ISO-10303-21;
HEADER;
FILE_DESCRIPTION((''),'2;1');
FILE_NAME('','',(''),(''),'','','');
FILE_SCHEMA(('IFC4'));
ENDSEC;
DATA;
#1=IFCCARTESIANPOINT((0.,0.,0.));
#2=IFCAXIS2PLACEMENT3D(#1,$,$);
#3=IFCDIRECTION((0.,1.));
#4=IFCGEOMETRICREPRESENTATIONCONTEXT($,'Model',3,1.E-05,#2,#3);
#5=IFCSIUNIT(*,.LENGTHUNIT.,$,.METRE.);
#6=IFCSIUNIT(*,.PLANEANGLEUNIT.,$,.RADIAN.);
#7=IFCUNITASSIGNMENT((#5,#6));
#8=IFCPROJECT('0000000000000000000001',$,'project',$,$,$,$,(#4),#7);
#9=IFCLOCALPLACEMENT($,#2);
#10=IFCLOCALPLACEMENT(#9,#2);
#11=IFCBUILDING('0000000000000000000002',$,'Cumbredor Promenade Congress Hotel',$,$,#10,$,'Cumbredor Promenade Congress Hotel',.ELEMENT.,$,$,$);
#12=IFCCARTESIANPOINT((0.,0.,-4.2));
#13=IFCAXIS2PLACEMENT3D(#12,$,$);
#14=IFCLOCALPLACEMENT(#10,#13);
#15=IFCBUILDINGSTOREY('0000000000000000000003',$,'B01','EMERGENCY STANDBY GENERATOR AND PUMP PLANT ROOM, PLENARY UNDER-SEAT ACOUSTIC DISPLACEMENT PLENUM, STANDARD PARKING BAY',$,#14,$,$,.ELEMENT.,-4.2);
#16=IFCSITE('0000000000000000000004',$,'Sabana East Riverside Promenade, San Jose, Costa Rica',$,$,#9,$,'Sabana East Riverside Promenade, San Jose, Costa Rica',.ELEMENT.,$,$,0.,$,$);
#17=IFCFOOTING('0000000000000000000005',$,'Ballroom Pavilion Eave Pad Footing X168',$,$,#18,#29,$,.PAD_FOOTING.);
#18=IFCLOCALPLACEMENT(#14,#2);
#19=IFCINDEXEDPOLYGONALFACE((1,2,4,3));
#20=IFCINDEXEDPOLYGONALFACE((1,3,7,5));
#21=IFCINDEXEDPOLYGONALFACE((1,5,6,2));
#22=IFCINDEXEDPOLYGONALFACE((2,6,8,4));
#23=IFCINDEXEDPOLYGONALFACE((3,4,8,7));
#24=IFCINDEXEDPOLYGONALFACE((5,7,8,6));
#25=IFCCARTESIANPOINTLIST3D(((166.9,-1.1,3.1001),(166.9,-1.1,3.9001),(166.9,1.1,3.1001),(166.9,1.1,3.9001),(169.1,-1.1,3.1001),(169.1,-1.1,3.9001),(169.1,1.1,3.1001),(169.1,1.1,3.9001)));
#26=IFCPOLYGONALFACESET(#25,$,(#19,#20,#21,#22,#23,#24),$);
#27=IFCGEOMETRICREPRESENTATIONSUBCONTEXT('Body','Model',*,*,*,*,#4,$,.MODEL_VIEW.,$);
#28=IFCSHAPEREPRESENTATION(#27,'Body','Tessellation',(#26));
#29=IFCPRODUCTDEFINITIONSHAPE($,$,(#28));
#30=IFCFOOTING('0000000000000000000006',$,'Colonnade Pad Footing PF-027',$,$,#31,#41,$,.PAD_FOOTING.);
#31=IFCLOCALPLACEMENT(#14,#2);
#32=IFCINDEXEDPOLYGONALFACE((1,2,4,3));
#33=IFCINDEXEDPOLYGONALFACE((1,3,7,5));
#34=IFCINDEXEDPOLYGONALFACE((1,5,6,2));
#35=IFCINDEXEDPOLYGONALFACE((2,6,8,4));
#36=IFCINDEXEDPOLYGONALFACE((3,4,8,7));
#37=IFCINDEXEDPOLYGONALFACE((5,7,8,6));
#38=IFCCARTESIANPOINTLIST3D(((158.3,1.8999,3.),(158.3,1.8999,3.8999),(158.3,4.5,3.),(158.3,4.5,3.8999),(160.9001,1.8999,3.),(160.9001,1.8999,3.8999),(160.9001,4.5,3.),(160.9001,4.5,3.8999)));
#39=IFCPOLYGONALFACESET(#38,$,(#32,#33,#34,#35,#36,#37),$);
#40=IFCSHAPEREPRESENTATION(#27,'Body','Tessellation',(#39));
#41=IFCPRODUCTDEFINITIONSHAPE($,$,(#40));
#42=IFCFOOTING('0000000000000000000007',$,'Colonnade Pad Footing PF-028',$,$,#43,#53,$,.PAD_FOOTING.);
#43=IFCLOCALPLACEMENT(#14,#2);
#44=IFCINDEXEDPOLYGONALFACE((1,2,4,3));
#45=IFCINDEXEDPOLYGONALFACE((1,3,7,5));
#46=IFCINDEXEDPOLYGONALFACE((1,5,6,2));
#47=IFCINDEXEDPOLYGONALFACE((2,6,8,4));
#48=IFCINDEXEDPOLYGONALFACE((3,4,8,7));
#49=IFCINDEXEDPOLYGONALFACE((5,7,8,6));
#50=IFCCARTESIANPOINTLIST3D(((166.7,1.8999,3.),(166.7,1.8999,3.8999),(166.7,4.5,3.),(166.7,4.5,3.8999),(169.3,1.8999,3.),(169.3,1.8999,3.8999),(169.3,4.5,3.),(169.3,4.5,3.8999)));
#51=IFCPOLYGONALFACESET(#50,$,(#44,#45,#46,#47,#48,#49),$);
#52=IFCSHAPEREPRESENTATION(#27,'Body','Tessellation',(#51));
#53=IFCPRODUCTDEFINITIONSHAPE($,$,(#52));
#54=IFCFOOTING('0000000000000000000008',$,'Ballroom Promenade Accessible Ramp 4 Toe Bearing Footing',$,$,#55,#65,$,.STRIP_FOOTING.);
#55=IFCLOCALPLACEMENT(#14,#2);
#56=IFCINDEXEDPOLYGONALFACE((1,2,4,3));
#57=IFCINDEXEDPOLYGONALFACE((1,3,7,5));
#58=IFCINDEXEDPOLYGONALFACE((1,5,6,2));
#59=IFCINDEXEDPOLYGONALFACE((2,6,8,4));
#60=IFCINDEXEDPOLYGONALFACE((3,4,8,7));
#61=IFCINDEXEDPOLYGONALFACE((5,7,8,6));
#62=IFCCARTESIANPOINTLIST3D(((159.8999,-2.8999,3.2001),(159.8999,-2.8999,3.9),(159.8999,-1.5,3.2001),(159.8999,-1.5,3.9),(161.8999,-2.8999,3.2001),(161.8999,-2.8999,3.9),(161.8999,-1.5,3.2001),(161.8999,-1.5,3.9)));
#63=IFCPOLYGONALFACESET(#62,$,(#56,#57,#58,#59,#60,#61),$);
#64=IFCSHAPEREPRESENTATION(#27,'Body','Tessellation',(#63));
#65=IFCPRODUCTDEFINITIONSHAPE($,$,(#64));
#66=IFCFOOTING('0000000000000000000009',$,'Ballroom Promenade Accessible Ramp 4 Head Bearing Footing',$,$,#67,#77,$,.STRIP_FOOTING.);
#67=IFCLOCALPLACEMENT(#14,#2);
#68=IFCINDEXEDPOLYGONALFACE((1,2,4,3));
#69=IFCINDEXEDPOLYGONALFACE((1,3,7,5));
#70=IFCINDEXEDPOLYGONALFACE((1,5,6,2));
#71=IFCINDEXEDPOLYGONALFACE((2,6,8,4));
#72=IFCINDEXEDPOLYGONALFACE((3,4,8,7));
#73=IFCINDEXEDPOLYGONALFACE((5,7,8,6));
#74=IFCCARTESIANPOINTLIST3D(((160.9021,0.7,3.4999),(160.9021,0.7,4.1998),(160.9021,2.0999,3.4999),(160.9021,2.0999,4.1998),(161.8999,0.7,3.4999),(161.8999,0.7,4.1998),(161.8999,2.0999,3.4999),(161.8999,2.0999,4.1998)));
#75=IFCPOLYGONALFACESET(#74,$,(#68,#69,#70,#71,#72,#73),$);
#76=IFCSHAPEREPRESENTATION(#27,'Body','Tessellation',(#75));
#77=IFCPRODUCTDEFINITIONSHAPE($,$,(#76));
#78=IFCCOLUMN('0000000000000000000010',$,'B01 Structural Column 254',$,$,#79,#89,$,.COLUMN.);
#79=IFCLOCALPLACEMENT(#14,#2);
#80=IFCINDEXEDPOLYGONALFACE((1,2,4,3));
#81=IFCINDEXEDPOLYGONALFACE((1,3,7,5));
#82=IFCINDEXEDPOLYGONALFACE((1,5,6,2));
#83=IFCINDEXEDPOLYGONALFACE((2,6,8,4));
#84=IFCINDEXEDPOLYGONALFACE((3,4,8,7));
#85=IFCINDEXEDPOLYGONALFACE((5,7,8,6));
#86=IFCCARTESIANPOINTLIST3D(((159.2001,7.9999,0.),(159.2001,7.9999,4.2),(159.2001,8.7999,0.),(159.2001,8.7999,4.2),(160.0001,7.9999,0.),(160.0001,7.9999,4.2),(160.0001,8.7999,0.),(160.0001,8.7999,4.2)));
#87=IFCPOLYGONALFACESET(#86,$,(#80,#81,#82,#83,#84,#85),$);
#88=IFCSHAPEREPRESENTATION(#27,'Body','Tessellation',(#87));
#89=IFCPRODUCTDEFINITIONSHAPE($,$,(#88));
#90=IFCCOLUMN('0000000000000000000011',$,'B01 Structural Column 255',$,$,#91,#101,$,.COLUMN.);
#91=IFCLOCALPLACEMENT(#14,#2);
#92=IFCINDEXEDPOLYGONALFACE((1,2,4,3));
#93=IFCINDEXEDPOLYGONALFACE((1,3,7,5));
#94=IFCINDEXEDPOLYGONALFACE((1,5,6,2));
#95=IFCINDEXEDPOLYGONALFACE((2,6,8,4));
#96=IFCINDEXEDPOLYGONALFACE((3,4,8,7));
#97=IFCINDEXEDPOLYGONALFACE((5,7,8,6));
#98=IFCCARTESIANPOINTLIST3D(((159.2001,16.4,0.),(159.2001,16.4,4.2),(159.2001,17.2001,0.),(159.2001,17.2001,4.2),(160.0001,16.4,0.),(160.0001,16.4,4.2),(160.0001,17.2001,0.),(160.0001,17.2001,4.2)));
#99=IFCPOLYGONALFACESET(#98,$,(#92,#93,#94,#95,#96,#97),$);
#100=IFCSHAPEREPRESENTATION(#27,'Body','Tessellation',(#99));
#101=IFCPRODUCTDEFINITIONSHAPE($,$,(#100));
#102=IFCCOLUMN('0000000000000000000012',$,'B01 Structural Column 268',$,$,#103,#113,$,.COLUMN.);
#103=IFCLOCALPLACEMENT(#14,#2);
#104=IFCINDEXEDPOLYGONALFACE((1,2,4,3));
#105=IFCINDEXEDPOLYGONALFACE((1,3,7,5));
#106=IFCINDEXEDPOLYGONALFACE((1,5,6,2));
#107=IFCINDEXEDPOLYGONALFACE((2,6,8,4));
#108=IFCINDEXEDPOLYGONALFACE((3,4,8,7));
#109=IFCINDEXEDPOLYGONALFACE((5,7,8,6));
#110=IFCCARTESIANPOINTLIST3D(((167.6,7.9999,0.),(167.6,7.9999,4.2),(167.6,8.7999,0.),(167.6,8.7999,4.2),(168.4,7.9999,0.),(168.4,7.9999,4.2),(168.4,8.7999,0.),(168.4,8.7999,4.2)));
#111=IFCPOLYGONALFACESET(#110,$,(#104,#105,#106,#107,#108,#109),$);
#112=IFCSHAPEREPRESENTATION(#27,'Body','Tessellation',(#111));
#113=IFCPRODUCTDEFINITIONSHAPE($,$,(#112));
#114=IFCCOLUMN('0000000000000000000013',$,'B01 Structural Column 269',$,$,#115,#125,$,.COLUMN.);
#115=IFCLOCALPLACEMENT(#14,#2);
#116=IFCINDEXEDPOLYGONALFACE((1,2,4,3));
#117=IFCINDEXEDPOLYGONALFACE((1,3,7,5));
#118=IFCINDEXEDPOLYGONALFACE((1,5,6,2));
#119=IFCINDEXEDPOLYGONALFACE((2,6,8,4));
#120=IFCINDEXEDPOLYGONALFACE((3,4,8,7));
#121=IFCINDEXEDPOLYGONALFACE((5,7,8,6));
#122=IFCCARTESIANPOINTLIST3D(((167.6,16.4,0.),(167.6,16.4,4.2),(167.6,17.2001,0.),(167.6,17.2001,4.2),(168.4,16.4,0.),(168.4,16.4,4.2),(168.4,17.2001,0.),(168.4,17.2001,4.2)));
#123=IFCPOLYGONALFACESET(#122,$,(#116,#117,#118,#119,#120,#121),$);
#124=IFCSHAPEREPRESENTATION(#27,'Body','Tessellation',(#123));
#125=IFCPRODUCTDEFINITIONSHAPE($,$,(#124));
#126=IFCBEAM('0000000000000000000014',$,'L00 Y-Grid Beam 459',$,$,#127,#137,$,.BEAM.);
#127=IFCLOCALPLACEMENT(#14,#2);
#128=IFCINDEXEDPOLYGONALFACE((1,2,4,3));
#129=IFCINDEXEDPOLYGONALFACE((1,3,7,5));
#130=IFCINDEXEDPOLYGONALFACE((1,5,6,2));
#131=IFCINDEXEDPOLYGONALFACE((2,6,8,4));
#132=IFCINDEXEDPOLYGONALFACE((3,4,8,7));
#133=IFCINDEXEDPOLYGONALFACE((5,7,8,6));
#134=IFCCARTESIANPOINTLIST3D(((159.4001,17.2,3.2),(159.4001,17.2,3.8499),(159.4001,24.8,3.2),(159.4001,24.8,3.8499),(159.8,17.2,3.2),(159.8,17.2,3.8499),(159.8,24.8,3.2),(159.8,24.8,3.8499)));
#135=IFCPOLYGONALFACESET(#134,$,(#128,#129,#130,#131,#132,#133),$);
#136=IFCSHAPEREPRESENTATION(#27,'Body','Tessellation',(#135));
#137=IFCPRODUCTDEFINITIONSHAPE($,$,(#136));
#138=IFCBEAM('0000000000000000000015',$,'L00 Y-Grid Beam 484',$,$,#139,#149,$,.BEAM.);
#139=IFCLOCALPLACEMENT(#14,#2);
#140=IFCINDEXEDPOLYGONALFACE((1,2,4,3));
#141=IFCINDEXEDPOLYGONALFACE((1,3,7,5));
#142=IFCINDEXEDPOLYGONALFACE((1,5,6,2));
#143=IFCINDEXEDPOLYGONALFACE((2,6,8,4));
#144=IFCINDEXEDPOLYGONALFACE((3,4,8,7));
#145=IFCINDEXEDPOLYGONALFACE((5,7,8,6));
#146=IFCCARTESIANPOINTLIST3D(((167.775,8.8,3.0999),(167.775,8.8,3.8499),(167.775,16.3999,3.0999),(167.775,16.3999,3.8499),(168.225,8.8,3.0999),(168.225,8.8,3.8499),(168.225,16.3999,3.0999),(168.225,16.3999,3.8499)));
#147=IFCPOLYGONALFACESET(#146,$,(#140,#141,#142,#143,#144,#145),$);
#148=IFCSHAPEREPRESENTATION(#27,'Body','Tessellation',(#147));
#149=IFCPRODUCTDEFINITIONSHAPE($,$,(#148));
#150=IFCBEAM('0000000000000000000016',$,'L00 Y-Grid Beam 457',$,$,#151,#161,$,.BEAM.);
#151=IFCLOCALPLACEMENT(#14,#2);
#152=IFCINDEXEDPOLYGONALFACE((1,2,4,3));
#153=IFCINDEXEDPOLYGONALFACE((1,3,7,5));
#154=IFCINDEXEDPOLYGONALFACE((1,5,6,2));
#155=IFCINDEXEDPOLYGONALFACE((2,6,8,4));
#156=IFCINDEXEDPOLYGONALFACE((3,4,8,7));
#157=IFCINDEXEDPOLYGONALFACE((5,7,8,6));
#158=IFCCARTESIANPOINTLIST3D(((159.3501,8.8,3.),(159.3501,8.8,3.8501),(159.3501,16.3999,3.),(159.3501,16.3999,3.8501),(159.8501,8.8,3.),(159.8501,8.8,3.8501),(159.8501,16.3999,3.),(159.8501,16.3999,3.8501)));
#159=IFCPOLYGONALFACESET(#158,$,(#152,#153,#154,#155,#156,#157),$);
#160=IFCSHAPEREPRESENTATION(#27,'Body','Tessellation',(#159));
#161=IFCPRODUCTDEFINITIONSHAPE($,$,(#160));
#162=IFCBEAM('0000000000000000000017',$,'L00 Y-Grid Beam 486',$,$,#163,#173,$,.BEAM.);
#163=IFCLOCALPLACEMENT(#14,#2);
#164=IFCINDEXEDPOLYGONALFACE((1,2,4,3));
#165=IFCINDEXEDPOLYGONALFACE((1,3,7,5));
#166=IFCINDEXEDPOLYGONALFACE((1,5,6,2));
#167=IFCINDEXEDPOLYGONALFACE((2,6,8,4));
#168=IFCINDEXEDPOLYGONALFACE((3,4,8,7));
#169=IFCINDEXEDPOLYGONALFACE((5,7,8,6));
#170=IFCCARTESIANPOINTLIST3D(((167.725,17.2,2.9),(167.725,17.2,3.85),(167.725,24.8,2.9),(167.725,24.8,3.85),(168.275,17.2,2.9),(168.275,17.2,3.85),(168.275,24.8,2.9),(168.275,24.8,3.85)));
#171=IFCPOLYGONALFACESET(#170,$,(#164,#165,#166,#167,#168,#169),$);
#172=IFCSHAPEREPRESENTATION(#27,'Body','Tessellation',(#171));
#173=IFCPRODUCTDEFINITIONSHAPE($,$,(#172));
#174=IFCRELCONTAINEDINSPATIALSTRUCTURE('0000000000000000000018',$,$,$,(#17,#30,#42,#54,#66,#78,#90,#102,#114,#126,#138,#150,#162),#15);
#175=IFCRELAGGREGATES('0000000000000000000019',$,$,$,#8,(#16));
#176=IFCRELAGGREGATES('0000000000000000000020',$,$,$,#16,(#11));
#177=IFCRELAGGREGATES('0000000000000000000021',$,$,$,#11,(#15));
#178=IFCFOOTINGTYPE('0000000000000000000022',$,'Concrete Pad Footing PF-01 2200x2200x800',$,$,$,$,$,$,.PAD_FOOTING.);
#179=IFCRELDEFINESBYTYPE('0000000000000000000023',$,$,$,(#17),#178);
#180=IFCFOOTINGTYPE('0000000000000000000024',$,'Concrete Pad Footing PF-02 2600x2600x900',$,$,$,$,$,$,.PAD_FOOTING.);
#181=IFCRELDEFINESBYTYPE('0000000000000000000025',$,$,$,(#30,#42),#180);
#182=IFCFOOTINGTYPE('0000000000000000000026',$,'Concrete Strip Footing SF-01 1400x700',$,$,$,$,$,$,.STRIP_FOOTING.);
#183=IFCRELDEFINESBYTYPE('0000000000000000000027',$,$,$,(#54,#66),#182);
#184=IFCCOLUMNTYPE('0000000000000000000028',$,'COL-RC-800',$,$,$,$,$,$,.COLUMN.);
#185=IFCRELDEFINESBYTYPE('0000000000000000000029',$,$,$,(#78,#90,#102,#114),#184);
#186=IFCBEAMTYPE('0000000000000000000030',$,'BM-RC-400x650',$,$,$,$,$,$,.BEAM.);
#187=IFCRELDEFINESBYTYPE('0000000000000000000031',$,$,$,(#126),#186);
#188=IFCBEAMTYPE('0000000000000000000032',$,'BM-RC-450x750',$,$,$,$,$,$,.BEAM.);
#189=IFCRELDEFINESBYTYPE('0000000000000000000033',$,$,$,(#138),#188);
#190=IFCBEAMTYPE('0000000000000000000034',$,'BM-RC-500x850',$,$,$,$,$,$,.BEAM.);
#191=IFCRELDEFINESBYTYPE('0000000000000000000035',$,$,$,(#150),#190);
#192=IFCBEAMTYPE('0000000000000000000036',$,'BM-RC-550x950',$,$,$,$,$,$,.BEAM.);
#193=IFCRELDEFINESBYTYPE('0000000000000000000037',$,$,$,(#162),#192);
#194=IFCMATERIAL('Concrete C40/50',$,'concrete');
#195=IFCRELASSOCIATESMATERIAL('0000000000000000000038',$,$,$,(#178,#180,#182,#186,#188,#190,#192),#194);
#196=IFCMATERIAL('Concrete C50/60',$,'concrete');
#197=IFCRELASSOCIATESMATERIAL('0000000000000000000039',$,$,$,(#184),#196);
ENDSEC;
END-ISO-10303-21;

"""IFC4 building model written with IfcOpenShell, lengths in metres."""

from ifc_helpers import new_model, si_unit, direction, frame, origin, origin_2d, place, context, subcontext, project, spatial, rectangle, extrude, material, material_profile, profile_set, type_object, element, save


model = new_model("IFC4")

# Units and contexts
model_context = context("Model", 3, precision=1e-05, world=origin(), true_north=direction((0.0, 1.0)))
body_context = subcontext(model_context, "Body", "Model", "MODEL_VIEW")
ifc_project = project(units=[si_unit("LENGTHUNIT", "METRE"), si_unit("PLANEANGLEUNIT", "RADIAN")], contexts=[model_context])

# Site, building, storey
site_placement = place(None, origin())
site = spatial("IfcSite", under=ifc_project, at=site_placement, Name="Sabana East Riverside Promenade, San Jose, Costa Rica", LongName="Sabana East Riverside Promenade, San Jose, Costa Rica", CompositionType="ELEMENT", RefElevation=0.0)
building_placement = place(site_placement, origin())
building = spatial("IfcBuilding", under=site, at=building_placement, Name="Cumbredor Promenade Congress Hotel", LongName="Cumbredor Promenade Congress Hotel", CompositionType="ELEMENT")
storey_placement = place(building_placement, frame((0.0, 0.0, -4.2)))
storey = spatial("IfcBuildingStorey", under=building, at=storey_placement, Name="B01", Description="EMERGENCY STANDBY GENERATOR AND PUMP PLANT ROOM, PLENARY UNDER-SEAT ACOUSTIC DISPLACEMENT PLENUM, STANDARD PARKING BAY", CompositionType="ELEMENT", Elevation=-4.2)

# Footings
ifc_material_1 = material(Name="Concrete C40/50", Category="concrete")
footing_type_1 = type_object("IfcFootingType", Name="Concrete Pad Footing PF-01 2200x2200x800", PredefinedType="PAD_FOOTING", material=ifc_material_1)
footing_1_placement = place(storey_placement, frame((168.0, 0.0, 3.1001), z_axis=(0.0, 0.0, 1.0), x_axis=(1.0, 0.0, 0.0)))
element("IfcFooting", 1, at=footing_1_placement, inside=storey, type_object=footing_type_1, Name="Ballroom Pavilion Eave Pad Footing X168", PredefinedType="PAD_FOOTING", context=body_context, shape_type="SweptSolid", body=[
    extrude(rectangle(XDim=2.2, YDim=2.2, at=origin_2d()), origin(), (0.0, 0.0, 1.0), 0.8),
])
footing_type_2 = type_object("IfcFootingType", Name="Concrete Pad Footing PF-02 2600x2600x900", PredefinedType="PAD_FOOTING", material=ifc_material_1)
for number, where, z_axis, x_axis, name in (
    (2, (159.6001, 3.2, 3.0), (0.0, 0.0, 1.0), (1.0, 0.0, 0.0), "Colonnade Pad Footing PF-027"),
    (3, (168.0, 3.2, 3.0), (0.0, 0.0, 1.0), (1.0, 0.0, 0.0), "Colonnade Pad Footing PF-028"),
):
    element("IfcFooting", number, at=place(storey_placement, frame(where, z_axis=z_axis, x_axis=x_axis)), inside=storey, type_object=footing_type_2, Name=name, PredefinedType="PAD_FOOTING", context=body_context, shape_type="SweptSolid", body=[
        extrude(rectangle(XDim=2.6001, YDim=2.6001, at=origin_2d()), origin(), (0.0, 0.0, 1.0), 0.8999),
    ])
ifc_material_profile_1 = material_profile(ifc_material_1, rectangle(XDim=1.3999, YDim=0.7, at=origin_2d()), Name="SF 1400x700")
ifc_profile_set_1 = profile_set([ifc_material_profile_1], Name="Concrete C40/50")
footing_type_3 = type_object("IfcFootingType", Name="Concrete Strip Footing SF-01 1400x700", PredefinedType="STRIP_FOOTING", material=ifc_profile_set_1)
footing_2_placement = place(storey_placement, frame((159.8999, -2.2, 3.55), z_axis=(1.0, 0.0, 0.0), x_axis=(0.0, 1.0, 0.0)))
element("IfcFooting", 4, at=footing_2_placement, inside=storey, type_object=footing_type_3, Name="Ballroom Promenade Accessible Ramp 4 Toe Bearing Footing", PredefinedType="STRIP_FOOTING", context=body_context, shape_type="SweptSolid", body=[
    extrude(rectangle(XDim=1.3999, YDim=0.7, at=origin_2d()), origin(), (0.0, 0.0, 1.0), 2.0),
])
footing_3_placement = place(storey_placement, frame((160.9021, 1.3999, 3.8499), z_axis=(1.0, 0.0, 0.0), x_axis=(0.0, 1.0, 0.0)))
element("IfcFooting", 5, at=footing_3_placement, inside=storey, type_object=footing_type_3, Name="Ballroom Promenade Accessible Ramp 4 Head Bearing Footing", PredefinedType="STRIP_FOOTING", context=body_context, shape_type="SweptSolid", body=[
    extrude(rectangle(XDim=1.3999, YDim=0.7, at=origin_2d()), origin(), (0.0, 0.0, 1.0), 0.9978),
])

# Columns
ifc_material_2 = material(Name="Concrete C50/60", Category="concrete")
ifc_material_profile_2 = material_profile(ifc_material_2, rectangle(XDim=0.8, YDim=0.8, at=origin_2d()), Name="RC 800x800")
ifc_profile_set_2 = profile_set([ifc_material_profile_2], Name="Concrete C50/60")
column_type = type_object("IfcColumnType", Name="COL-RC-800", PredefinedType="COLUMN", material=ifc_profile_set_2)
for number, where, z_axis, x_axis, name in (
    (6, (159.6001, 8.3999, 0.0), (0.0, 0.0, 1.0), (1.0, 0.0, 0.0), "B01 Structural Column 254"),
    (7, (159.6001, 16.8, 0.0), (0.0, 0.0, 1.0), (1.0, 0.0, 0.0), "B01 Structural Column 255"),
    (8, (168.0, 8.3999, 0.0), (0.0, 0.0, 1.0), (1.0, 0.0, 0.0), "B01 Structural Column 268"),
    (9, (168.0, 16.8, 0.0), (0.0, 0.0, 1.0), (1.0, 0.0, 0.0), "B01 Structural Column 269"),
):
    element("IfcColumn", number, at=place(storey_placement, frame(where, z_axis=z_axis, x_axis=x_axis)), inside=storey, type_object=column_type, Name=name, PredefinedType="COLUMN", context=body_context, shape_type="SweptSolid", body=[
        extrude(rectangle(XDim=0.8, YDim=0.8, at=origin_2d()), origin(), (0.0, 0.0, 1.0), 4.2),
    ])

# Beams
ifc_material_profile_3 = material_profile(ifc_material_1, rectangle(XDim=0.3999, YDim=0.6499, at=origin_2d()), Name="RC BEAM 400x650")
ifc_profile_set_3 = profile_set([ifc_material_profile_3], Name="Concrete C40/50")
beam_type_1 = type_object("IfcBeamType", Name="BM-RC-400x650", PredefinedType="BEAM", material=ifc_profile_set_3)
beam_1_placement = place(storey_placement, frame((159.6001, 17.2, 3.5249), z_axis=(0.0, 1.0, 0.0), x_axis=(-1.0, 0.0, 0.0)))
element("IfcBeam", 10, at=beam_1_placement, inside=storey, type_object=beam_type_1, Name="L00 Y-Grid Beam 459", PredefinedType="BEAM", context=body_context, shape_type="SweptSolid", body=[
    extrude(rectangle(XDim=0.3999, YDim=0.6499, at=origin_2d()), origin(), (0.0, 0.0, 1.0), 7.6001),
])
ifc_material_profile_4 = material_profile(ifc_material_1, rectangle(XDim=0.45, YDim=0.75, at=origin_2d()), Name="RC BEAM 450x750")
ifc_profile_set_4 = profile_set([ifc_material_profile_4], Name="Concrete C40/50")
beam_type_2 = type_object("IfcBeamType", Name="BM-RC-450x750", PredefinedType="BEAM", material=ifc_profile_set_4)
beam_2_placement = place(storey_placement, frame((168.0, 8.8, 3.4749), z_axis=(0.0, 1.0, 0.0), x_axis=(-1.0, 0.0, 0.0)))
element("IfcBeam", 11, at=beam_2_placement, inside=storey, type_object=beam_type_2, Name="L00 Y-Grid Beam 484", PredefinedType="BEAM", context=body_context, shape_type="SweptSolid", body=[
    extrude(rectangle(XDim=0.45, YDim=0.75, at=origin_2d()), origin(), (0.0, 0.0, 1.0), 7.5999),
])
ifc_material_profile_5 = material_profile(ifc_material_1, rectangle(XDim=0.5, YDim=0.8501, at=origin_2d()), Name="RC BEAM 500x850")
ifc_profile_set_5 = profile_set([ifc_material_profile_5], Name="Concrete C40/50")
beam_type_3 = type_object("IfcBeamType", Name="BM-RC-500x850", PredefinedType="BEAM", material=ifc_profile_set_5)
beam_3_placement = place(storey_placement, frame((159.6001, 8.8, 3.425), z_axis=(0.0, 1.0, 0.0), x_axis=(-1.0, 0.0, 0.0)))
element("IfcBeam", 12, at=beam_3_placement, inside=storey, type_object=beam_type_3, Name="L00 Y-Grid Beam 457", PredefinedType="BEAM", context=body_context, shape_type="SweptSolid", body=[
    extrude(rectangle(XDim=0.5, YDim=0.8501, at=origin_2d()), origin(), (0.0, 0.0, 1.0), 7.5999),
])
ifc_material_profile_6 = material_profile(ifc_material_1, rectangle(XDim=0.55, YDim=0.95, at=origin_2d()), Name="RC BEAM 550x950")
ifc_profile_set_6 = profile_set([ifc_material_profile_6], Name="Concrete C40/50")
beam_type_4 = type_object("IfcBeamType", Name="BM-RC-550x950", PredefinedType="BEAM", material=ifc_profile_set_6)
beam_4_placement = place(storey_placement, frame((168.0, 17.2, 3.375), z_axis=(0.0, 1.0, 0.0), x_axis=(-1.0, 0.0, 0.0)))
element("IfcBeam", 13, at=beam_4_placement, inside=storey, type_object=beam_type_4, Name="L00 Y-Grid Beam 486", PredefinedType="BEAM", context=body_context, shape_type="SweptSolid", body=[
    extrude(rectangle(XDim=0.55, YDim=0.95, at=origin_2d()), origin(), (0.0, 0.0, 1.0), 7.6001),
])

save(model, "model.ifc")
